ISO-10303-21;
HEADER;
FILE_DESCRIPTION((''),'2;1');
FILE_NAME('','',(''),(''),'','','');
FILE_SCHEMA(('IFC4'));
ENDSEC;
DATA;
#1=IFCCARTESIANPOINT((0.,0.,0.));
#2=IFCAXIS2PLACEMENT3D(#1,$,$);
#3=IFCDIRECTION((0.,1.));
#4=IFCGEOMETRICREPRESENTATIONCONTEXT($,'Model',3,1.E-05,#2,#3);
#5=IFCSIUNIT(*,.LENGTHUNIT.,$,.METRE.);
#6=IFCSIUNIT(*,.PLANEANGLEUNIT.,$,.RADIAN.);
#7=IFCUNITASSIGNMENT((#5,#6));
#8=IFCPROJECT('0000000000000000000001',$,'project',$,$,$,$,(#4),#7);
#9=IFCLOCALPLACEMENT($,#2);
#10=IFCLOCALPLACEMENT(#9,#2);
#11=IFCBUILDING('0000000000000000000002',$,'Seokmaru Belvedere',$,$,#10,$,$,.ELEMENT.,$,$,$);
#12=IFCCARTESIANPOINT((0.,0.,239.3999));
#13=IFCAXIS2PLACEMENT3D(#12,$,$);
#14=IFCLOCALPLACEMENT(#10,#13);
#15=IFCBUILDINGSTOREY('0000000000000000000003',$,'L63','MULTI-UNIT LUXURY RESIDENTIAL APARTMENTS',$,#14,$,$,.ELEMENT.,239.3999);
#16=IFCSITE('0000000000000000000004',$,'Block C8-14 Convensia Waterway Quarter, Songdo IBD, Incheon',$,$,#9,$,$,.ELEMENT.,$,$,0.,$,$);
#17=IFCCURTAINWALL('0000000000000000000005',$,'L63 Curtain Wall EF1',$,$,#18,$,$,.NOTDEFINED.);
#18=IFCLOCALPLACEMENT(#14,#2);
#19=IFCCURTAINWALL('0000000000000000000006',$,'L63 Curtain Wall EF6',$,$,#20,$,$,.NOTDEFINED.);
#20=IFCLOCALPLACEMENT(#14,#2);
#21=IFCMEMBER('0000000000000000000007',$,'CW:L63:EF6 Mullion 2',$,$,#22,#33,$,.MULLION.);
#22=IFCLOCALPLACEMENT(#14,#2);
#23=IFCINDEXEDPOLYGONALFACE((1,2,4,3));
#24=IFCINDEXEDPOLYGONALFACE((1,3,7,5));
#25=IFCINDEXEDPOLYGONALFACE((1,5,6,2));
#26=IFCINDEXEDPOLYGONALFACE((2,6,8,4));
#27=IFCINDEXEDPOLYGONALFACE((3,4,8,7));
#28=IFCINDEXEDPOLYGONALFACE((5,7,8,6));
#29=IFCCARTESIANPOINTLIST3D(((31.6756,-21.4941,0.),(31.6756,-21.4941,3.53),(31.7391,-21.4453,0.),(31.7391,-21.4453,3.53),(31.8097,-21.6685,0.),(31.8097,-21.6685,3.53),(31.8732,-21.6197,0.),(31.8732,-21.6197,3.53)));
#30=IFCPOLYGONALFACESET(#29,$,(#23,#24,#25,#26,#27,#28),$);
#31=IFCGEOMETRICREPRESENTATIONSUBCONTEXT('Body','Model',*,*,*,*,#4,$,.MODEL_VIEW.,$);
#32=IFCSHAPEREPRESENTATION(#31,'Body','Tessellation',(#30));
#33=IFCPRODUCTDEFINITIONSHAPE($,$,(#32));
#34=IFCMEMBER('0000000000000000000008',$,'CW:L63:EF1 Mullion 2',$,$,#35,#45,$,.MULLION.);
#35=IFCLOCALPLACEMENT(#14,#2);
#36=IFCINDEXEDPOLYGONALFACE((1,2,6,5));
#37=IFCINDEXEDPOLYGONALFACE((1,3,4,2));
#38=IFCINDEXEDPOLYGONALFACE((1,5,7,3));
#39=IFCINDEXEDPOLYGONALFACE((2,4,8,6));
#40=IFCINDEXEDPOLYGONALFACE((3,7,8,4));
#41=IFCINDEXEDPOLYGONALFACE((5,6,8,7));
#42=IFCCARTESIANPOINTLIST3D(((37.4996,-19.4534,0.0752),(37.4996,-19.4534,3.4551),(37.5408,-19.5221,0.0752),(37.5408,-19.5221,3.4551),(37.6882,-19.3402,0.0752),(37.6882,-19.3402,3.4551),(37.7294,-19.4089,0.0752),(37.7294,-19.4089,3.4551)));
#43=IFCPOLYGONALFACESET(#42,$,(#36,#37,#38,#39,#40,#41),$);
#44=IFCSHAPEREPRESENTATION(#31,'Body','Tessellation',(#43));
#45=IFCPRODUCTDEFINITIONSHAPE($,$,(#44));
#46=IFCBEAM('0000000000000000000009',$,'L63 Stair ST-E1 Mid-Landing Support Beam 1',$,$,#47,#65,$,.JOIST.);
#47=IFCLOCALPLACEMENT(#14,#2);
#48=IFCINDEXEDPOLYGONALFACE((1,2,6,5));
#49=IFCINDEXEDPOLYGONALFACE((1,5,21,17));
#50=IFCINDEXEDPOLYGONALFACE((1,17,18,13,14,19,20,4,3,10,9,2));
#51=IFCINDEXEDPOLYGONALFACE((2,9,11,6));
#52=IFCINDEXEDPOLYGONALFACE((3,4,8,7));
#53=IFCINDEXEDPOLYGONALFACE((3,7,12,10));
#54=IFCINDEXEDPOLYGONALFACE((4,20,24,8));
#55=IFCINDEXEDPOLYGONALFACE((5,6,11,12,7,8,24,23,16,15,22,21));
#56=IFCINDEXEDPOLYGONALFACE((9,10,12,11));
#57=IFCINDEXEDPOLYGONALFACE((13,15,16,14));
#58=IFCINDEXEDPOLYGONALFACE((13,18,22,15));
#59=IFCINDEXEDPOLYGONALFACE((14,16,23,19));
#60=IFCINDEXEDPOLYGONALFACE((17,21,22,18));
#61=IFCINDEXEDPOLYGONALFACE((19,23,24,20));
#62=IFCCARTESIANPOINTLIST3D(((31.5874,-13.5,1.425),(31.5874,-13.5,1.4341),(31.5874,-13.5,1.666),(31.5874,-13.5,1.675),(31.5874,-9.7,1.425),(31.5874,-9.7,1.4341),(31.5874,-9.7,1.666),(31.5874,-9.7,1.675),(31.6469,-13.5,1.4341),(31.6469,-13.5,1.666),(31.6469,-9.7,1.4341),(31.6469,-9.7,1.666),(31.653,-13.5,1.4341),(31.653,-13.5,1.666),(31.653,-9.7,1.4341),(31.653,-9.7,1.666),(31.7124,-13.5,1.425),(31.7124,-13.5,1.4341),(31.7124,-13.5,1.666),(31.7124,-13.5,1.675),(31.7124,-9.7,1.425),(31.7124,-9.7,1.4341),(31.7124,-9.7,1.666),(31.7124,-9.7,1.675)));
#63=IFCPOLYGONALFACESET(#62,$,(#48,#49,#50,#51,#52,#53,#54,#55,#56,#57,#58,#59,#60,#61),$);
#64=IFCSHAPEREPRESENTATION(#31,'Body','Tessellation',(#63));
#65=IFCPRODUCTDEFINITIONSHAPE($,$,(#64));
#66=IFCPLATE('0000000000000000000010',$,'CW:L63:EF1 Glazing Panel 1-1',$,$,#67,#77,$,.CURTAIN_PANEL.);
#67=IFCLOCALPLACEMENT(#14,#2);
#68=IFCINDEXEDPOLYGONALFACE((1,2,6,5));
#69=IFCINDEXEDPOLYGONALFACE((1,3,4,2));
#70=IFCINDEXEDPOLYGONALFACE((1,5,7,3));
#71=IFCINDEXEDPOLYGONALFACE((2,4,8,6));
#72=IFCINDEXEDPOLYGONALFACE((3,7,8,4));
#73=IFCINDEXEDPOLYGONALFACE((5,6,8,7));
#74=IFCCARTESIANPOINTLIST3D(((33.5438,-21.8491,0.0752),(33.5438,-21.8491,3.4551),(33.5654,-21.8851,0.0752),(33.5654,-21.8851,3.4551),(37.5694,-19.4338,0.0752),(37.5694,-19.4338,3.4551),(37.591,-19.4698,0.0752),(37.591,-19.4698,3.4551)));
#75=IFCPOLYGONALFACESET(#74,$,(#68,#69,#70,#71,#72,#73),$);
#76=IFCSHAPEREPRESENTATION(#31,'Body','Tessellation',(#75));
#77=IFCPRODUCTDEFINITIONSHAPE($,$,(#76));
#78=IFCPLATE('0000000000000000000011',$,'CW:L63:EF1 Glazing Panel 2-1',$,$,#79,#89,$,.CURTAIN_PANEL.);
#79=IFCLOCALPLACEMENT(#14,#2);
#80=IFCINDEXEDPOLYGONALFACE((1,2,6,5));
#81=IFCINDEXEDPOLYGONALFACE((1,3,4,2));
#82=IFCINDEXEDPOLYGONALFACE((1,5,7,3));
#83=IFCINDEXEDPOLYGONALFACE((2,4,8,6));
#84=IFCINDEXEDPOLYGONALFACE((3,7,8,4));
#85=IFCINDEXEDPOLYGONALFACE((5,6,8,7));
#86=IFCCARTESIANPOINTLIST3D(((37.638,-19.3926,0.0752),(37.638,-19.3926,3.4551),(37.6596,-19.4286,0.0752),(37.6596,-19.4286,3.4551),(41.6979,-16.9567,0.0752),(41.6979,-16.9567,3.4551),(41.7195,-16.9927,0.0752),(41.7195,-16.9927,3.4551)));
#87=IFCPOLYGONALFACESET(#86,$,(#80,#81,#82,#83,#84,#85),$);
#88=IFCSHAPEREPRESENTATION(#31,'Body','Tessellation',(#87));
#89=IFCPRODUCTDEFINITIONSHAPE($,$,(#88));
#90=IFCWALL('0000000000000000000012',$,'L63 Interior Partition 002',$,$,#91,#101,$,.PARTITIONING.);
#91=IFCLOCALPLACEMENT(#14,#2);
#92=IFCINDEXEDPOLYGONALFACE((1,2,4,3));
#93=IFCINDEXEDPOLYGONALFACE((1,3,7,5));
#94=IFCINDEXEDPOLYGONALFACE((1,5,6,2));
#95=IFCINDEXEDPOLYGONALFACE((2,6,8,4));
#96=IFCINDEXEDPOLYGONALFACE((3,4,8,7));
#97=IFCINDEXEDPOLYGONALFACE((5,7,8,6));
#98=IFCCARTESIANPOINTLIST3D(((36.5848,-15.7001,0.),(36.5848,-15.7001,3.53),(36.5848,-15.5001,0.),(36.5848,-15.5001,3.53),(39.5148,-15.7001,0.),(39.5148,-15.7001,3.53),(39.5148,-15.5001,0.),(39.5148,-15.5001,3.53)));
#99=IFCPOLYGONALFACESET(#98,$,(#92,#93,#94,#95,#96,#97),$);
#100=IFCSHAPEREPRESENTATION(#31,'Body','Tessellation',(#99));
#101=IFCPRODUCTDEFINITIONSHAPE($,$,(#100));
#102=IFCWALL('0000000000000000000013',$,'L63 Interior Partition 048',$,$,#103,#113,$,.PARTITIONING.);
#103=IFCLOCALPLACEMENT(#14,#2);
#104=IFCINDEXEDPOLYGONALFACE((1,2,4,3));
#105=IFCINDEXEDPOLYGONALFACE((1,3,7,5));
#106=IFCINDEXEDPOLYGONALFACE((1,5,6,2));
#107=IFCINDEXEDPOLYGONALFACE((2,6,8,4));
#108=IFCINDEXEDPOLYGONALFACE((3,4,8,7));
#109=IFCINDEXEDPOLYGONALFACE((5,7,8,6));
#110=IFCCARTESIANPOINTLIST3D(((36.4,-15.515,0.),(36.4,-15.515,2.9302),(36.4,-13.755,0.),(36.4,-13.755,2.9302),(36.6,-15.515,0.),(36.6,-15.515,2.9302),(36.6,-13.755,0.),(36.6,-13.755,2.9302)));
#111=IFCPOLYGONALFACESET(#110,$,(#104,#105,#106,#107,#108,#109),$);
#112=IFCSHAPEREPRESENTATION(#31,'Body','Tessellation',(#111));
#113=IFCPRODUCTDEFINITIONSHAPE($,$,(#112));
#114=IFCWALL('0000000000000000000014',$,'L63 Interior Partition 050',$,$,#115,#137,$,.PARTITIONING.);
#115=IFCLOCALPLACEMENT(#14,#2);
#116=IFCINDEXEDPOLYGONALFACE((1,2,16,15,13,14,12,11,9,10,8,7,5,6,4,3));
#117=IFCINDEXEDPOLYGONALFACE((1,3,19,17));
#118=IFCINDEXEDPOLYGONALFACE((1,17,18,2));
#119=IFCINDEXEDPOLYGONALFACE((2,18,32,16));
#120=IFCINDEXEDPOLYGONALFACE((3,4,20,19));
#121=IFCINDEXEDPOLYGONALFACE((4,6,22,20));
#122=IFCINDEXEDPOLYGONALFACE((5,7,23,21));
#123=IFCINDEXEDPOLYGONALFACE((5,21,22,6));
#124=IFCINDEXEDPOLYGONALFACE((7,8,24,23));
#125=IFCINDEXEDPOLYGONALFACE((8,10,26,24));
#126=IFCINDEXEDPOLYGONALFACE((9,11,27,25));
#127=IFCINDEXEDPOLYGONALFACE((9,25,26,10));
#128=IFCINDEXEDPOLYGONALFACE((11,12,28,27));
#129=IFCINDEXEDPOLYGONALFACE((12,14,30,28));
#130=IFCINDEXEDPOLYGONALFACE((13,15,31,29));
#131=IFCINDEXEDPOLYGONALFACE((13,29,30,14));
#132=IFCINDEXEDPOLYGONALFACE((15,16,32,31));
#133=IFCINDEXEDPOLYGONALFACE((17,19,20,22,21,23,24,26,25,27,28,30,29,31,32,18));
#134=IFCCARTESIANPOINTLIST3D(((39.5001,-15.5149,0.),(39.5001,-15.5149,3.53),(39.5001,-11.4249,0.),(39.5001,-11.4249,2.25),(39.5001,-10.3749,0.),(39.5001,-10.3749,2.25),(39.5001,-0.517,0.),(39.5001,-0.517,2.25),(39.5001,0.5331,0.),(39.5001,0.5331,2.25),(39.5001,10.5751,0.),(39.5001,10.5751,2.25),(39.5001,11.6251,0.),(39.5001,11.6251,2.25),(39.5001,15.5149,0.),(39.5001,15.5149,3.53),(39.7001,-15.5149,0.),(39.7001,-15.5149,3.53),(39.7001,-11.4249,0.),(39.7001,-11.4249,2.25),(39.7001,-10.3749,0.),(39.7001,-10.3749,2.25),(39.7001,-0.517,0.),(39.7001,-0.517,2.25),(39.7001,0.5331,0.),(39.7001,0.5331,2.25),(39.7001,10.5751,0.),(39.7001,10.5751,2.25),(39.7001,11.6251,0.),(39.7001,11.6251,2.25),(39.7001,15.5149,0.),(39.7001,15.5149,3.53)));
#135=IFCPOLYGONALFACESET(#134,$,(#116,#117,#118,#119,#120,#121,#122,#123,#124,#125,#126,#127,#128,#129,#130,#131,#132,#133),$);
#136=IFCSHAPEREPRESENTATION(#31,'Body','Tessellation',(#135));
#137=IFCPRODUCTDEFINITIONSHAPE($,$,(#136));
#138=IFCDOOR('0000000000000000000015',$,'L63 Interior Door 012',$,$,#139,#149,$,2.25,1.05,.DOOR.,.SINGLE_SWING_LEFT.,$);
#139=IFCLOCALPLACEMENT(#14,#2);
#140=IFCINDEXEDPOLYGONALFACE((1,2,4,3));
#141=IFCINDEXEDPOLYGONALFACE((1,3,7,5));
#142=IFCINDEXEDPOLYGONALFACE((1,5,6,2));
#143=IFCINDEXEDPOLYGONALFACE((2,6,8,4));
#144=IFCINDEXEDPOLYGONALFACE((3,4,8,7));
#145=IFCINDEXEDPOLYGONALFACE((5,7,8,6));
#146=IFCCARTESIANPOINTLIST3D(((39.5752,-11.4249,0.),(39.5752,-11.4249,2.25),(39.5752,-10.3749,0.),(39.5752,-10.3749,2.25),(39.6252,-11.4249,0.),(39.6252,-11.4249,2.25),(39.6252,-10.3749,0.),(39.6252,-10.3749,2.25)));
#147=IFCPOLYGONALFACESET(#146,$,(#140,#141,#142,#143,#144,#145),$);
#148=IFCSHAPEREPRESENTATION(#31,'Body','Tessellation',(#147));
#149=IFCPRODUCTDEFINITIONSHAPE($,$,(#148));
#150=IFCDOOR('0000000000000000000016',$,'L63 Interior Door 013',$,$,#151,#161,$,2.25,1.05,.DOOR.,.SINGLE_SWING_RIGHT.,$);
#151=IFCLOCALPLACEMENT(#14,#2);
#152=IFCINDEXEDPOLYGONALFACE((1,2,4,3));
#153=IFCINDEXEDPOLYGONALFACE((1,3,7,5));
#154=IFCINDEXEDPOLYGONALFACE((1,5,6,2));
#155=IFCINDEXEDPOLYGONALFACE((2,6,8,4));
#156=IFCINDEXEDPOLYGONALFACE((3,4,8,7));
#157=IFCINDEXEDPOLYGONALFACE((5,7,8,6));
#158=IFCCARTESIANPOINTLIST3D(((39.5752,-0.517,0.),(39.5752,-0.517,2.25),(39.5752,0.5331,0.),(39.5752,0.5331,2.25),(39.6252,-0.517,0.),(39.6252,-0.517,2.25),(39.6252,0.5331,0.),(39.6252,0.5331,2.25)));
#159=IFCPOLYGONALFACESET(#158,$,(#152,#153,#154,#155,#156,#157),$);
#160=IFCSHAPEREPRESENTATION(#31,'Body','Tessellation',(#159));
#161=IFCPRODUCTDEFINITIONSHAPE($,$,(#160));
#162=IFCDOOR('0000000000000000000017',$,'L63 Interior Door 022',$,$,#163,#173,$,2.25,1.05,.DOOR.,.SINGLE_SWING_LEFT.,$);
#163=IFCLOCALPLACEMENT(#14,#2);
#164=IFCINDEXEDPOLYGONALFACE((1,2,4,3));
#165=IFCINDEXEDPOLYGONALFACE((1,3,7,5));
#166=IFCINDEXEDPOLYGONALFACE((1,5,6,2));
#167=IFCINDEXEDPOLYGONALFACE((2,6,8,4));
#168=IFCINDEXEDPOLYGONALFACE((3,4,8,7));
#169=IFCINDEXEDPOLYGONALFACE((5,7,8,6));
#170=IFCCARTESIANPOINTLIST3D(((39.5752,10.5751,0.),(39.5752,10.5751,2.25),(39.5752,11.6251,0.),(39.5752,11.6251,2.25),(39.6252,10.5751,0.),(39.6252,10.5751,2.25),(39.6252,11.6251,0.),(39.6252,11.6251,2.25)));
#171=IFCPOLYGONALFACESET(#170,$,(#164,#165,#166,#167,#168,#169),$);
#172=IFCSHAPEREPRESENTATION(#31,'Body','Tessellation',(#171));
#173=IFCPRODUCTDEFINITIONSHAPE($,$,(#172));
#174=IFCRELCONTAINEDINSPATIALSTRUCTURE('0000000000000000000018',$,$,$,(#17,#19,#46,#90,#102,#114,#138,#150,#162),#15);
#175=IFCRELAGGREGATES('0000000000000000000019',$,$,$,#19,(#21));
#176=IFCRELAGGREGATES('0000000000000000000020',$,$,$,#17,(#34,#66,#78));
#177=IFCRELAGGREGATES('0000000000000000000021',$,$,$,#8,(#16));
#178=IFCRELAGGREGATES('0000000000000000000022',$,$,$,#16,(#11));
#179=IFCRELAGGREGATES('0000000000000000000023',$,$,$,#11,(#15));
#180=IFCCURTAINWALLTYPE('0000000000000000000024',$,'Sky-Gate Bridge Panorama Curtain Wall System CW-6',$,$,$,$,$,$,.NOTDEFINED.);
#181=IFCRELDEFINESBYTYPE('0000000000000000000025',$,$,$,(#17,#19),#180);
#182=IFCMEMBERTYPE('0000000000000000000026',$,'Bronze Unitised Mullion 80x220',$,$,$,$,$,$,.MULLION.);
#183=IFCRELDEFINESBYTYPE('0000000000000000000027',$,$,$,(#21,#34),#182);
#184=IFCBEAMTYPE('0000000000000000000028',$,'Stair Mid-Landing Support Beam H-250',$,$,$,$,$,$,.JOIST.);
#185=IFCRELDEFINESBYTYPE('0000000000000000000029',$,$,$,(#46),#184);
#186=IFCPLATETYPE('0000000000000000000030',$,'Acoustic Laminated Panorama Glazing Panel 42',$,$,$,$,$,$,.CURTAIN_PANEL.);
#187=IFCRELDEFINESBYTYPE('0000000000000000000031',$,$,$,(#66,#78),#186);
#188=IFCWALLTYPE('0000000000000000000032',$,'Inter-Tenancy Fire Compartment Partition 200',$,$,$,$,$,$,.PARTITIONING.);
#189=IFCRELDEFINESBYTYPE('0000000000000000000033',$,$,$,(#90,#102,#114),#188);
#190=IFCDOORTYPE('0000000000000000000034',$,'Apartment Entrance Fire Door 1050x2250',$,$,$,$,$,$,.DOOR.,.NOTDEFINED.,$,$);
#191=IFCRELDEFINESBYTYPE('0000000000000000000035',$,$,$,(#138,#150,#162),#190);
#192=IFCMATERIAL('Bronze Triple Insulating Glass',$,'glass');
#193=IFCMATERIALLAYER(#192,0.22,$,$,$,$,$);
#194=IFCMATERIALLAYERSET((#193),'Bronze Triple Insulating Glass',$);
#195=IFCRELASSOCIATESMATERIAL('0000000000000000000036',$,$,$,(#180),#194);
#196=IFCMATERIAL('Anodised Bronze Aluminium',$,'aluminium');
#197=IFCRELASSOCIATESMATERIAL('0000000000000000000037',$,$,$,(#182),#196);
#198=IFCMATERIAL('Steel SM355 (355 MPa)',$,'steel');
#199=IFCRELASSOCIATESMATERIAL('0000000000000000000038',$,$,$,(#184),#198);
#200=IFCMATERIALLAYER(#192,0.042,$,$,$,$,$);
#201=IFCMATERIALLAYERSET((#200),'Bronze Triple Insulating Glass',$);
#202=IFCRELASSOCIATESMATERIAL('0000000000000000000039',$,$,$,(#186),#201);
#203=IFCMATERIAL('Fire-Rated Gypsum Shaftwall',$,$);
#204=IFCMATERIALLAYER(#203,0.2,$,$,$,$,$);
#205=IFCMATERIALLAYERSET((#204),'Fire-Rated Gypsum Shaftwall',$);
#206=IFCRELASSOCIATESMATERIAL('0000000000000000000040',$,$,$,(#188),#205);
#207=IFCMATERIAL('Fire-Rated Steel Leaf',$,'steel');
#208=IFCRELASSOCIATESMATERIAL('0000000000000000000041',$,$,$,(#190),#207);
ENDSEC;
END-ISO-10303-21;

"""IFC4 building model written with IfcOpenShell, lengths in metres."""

from ifc_helpers import new_model, si_unit, direction, frame, frame_2d, origin, origin_2d, place, context, subcontext, project, spatial, rectangle, i_section, extrude, source, transform, mapped, material, layer, layer_set, material_profile, profile_set, type_object, type_shapes, element, fill, aggregate, save


model = new_model("IFC4")

# Units and contexts
model_context = context("Model", 3, precision=1e-05, world=origin(), true_north=direction((0.0, 1.0)))
body_context = subcontext(model_context, "Body", "Model", "MODEL_VIEW")
ifc_project = project(units=[si_unit("LENGTHUNIT", "METRE"), si_unit("PLANEANGLEUNIT", "RADIAN")], contexts=[model_context])

# Site, building, storey
site_placement = place(None, origin())
site = spatial("IfcSite", under=ifc_project, at=site_placement, Name="Block C8-14 Convensia Waterway Quarter, Songdo IBD, Incheon", CompositionType="ELEMENT", RefElevation=0.0)
building_placement = place(site_placement, origin())
building = spatial("IfcBuilding", under=site, at=building_placement, Name="Seokmaru Belvedere", CompositionType="ELEMENT")
storey_placement = place(building_placement, frame((0.0, 0.0, 239.3999)))
storey = spatial("IfcBuildingStorey", under=building, at=storey_placement, Name="L63", Description="MULTI-UNIT LUXURY RESIDENTIAL APARTMENTS", CompositionType="ELEMENT", Elevation=239.3999)

# Shared definitions
ifc_material_1 = material(Name="Steel SM355 (355 MPa)", Category="steel")

# Curtain wall
ifc_material_2 = material(Name="Bronze Triple Insulating Glass", Category="glass")
ifc_layer_1 = layer(ifc_material_2, 0.22)
ifc_layer_set_1 = layer_set([ifc_layer_1], Name="Bronze Triple Insulating Glass")
curtain_wall_type = type_object("IfcCurtainWallType", Name="Sky-Gate Bridge Panorama Curtain Wall System CW-6", PredefinedType="NOTDEFINED", material=ifc_layer_set_1)
curtain_wall_1_placement = place(storey_placement, origin())
curtain_wall_1 = element("IfcCurtainWall", 1, at=curtain_wall_1_placement, inside=storey, type_object=curtain_wall_type, Name="L63 Curtain Wall EF1", PredefinedType="NOTDEFINED")
ifc_material_3 = material(Name="Anodised Bronze Aluminium", Category="aluminium")
ifc_material_profile_1 = material_profile(ifc_material_3, rectangle(XDim=0.0801, YDim=0.22, at=origin_2d()), Name="CW-M-80x220")
ifc_profile_set_1 = profile_set([ifc_material_profile_1], Name="Anodised Bronze Aluminium")
member_type_1 = type_object("IfcMemberType", Name="Bronze Unitised Mullion 80x220", PredefinedType="MULLION", material=ifc_profile_set_1)
shared_shape_1 = source(origin(), body_context, "Body", "SweptSolid", [
    extrude(rectangle(XDim=0.0801, YDim=0.22, at=origin_2d()), origin(), (0.0, 0.0, 1.0), 3.53),
])

# Curtain wall, member
curtain_wall_2_placement = place(storey_placement, origin())
curtain_wall_2 = element("IfcCurtainWall", 2, at=curtain_wall_2_placement, inside=storey, type_object=curtain_wall_type, Name="L63 Curtain Wall EF6", PredefinedType="NOTDEFINED")
member_1_placement = place(storey_placement, frame((31.7744, -21.5569, 0.0), z_axis=(0.0, 0.0, 1.0), x_axis=(0.792631, 0.609701, 0.0)))
member_1 = element("IfcMember", 3, at=member_1_placement, type_object=member_type_1, Name="CW:L63:EF6 Mullion 2", PredefinedType="MULLION", context=body_context, shape_type="MappedRepresentation", body=[
    mapped(shared_shape_1, transform((0.0, 0.0, 0.0), scale=1.0)),
])
aggregate(curtain_wall_2, [member_1])

# Member
shared_shape_2 = source(origin(), body_context, "Body", "SweptSolid", [
    extrude(rectangle(XDim=0.0801, YDim=0.22, at=origin_2d()), origin(), (0.0, 0.0, 1.0), 3.3799),
])
type_shapes(member_type_1, [shared_shape_1, shared_shape_2])
member_2_placement = place(storey_placement, frame((37.6145, -19.4312, 0.0752), z_axis=(0.0, 0.0, 1.0), x_axis=(-0.514495, 0.857493, 0.0)))
member_2 = element("IfcMember", 4, at=member_2_placement, type_object=member_type_1, Name="CW:L63:EF1 Mullion 2", PredefinedType="MULLION", context=body_context, shape_type="MappedRepresentation", body=[
    mapped(shared_shape_2, transform((0.0, 0.0, 0.0), scale=1.0)),
])

# Beam
ifc_material_profile_2 = material_profile(ifc_material_1, i_section(OverallWidth=0.125, OverallDepth=0.25, WebThickness=0.0061, FlangeThickness=0.009, at=origin_2d()), Name="H-250x125x6x9")
ifc_profile_set_2 = profile_set([ifc_material_profile_2], Name="Steel SM355 (355 MPa)")
beam_type_1 = type_object("IfcBeamType", Name="Stair Mid-Landing Support Beam H-250", PredefinedType="JOIST", material=ifc_profile_set_2)
shared_shape_3 = source(origin(), body_context, "Body", "SweptSolid", [
    extrude(i_section(OverallWidth=0.125, OverallDepth=0.25, WebThickness=0.0061, FlangeThickness=0.009, at=origin_2d()), origin(), (0.0, 0.0, 1.0), 3.8),
])
type_shapes(beam_type_1, [shared_shape_3])
beam_1_placement = place(storey_placement, frame((31.6499, -13.5, 1.55), z_axis=(0.0, 1.0, 0.0), x_axis=(-1.0, 0.0, 0.0)))
element("IfcBeam", 5, at=beam_1_placement, inside=storey, type_object=beam_type_1, Name="L63 Stair ST-E1 Mid-Landing Support Beam 1", PredefinedType="JOIST", context=body_context, shape_type="MappedRepresentation", body=[
    mapped(shared_shape_3, transform((0.0, 0.0, 0.0), scale=1.0)),
])

# Plates
ifc_layer_2 = layer(ifc_material_2, 0.042)
ifc_layer_set_2 = layer_set([ifc_layer_2], Name="Bronze Triple Insulating Glass")
plate_type = type_object("IfcPlateType", Name="Acoustic Laminated Panorama Glazing Panel 42", PredefinedType="CURTAIN_PANEL", material=ifc_layer_set_2)
shared_shape_4 = source(origin(), body_context, "Body", "SweptSolid", [
    extrude(rectangle(XDim=4.6946, YDim=0.042, at=origin_2d()), origin(), (0.0, 0.0, 1.0), 3.3799),
])
plate_1_placement = place(storey_placement, frame((35.5674, -20.6594, 0.0752), z_axis=(0.0, 0.0, 1.0), x_axis=(0.857493, 0.514495, 0.0)))
plate_1 = element("IfcPlate", 6, at=plate_1_placement, type_object=plate_type, Name="CW:L63:EF1 Glazing Panel 1-1", PredefinedType="CURTAIN_PANEL", context=body_context, shape_type="MappedRepresentation", body=[
    mapped(shared_shape_4, transform((0.0, 0.0, 0.0), scale=1.0)),
])
shared_shape_5 = source(origin(), body_context, "Body", "SweptSolid", [
    extrude(rectangle(XDim=4.7346, YDim=0.042, at=origin_2d()), origin(), (0.0, 0.0, 1.0), 3.3799),
])
type_shapes(plate_type, [shared_shape_4, shared_shape_5])
plate_2_placement = place(storey_placement, frame((39.6787, -18.1926, 0.0752), z_axis=(0.0, 0.0, 1.0), x_axis=(0.857493, 0.514495, 0.0)))
plate_2 = element("IfcPlate", 7, at=plate_2_placement, type_object=plate_type, Name="CW:L63:EF1 Glazing Panel 2-1", PredefinedType="CURTAIN_PANEL", context=body_context, shape_type="MappedRepresentation", body=[
    mapped(shared_shape_5, transform((0.0, 0.0, 0.0), scale=1.0)),
])
aggregate(curtain_wall_1, [member_2, plate_1, plate_2])

# Walls
ifc_material_4 = material(Name="Fire-Rated Gypsum Shaftwall")
ifc_layer_3 = layer(ifc_material_4, 0.2)
ifc_layer_set_3 = layer_set([ifc_layer_3], Name="Fire-Rated Gypsum Shaftwall")
wall_type_1 = type_object("IfcWallType", Name="Inter-Tenancy Fire Compartment Partition 200", PredefinedType="PARTITIONING", material=ifc_layer_set_3)
wall_1_placement = place(storey_placement, frame((36.585, -15.6001, 0.0), z_axis=(0.0, 0.0, 1.0), x_axis=(1.0, 0.0, 0.0)))
element("IfcWall", 8, at=wall_1_placement, inside=storey, type_object=wall_type_1, Name="L63 Interior Partition 002", PredefinedType="PARTITIONING", context=body_context, shape_type="SweptSolid", body=[
    extrude(rectangle(XDim=2.9299, YDim=0.2, at=frame_2d((1.4648, 0.0))), origin(), (0.0, 0.0, 1.0), 3.53),
])
wall_2_placement = place(storey_placement, frame((36.5, -15.5149, 0.0), z_axis=(0.0, 0.0, 1.0), x_axis=(0.0, 1.0, 0.0)))
element("IfcWall", 9, at=wall_2_placement, inside=storey, type_object=wall_type_1, Name="L63 Interior Partition 048", PredefinedType="PARTITIONING", context=body_context, shape_type="SweptSolid", body=[
    extrude(rectangle(XDim=1.76, YDim=0.2, at=frame_2d((0.8799, 0.0))), origin(), (0.0, 0.0, 1.0), 2.9302),
])

# Wall, openings, doors
wall_3_placement = place(storey_placement, frame((39.6001, -15.5149, 0.0), z_axis=(0.0, 0.0, 1.0), x_axis=(0.0, 1.0, 0.0)))
wall_3 = element("IfcWall", 10, at=wall_3_placement, inside=storey, type_object=wall_type_1, Name="L63 Interior Partition 050", PredefinedType="PARTITIONING", context=body_context, shape_type="SweptSolid", body=[
    extrude(rectangle(XDim=31.0298, YDim=0.2, at=frame_2d((15.5149, 0.0))), origin(), (0.0, 0.0, 1.0), 3.53),
])
opening_1_placement = place(wall_3_placement, frame((4.0901, 0.0, 0.0)))
opening_1 = element("IfcOpeningElement", 11, at=opening_1_placement, cuts=wall_3, PredefinedType="OPENING", context=body_context, shape_type="SweptSolid", body=[
    extrude(rectangle(XDim=1.05, YDim=2.25, at=frame_2d((0.5249, 1.125))), frame((0.0, 0.1099, 0.0), z_axis=(0.0, -1.0, 0.0), x_axis=(1.0, 0.0, 0.0)), (0.0, 0.0, 1.0), 0.22),
])
opening_2_placement = place(wall_3_placement, frame((14.998, 0.0, 0.0)))
opening_2 = element("IfcOpeningElement", 12, at=opening_2_placement, cuts=wall_3, PredefinedType="OPENING", context=body_context, shape_type="SweptSolid", body=[
    extrude(rectangle(XDim=1.05, YDim=2.25, at=frame_2d((0.5249, 1.125))), frame((0.0, 0.1099, 0.0), z_axis=(0.0, -1.0, 0.0), x_axis=(1.0, 0.0, 0.0)), (0.0, 0.0, 1.0), 0.22),
])
opening_3_placement = place(wall_3_placement, frame((26.0901, 0.0, 0.0)))
opening_3 = element("IfcOpeningElement", 13, at=opening_3_placement, cuts=wall_3, PredefinedType="OPENING", context=body_context, shape_type="SweptSolid", body=[
    extrude(rectangle(XDim=1.05, YDim=2.25, at=frame_2d((0.5249, 1.125))), frame((0.0, 0.1099, 0.0), z_axis=(0.0, -1.0, 0.0), x_axis=(1.0, 0.0, 0.0)), (0.0, 0.0, 1.0), 0.22),
])
ifc_material_5 = material(Name="Fire-Rated Steel Leaf", Category="steel")
door_type_1 = type_object("IfcDoorType", Name="Apartment Entrance Fire Door 1050x2250", OperationType="NOTDEFINED", PredefinedType="DOOR", material=ifc_material_5)
shared_shape_6 = source(origin(), body_context, "Body", "SweptSolid", [
    extrude(rectangle(XDim=1.05, YDim=2.25, at=frame_2d((0.5249, 1.125))), frame((0.0, 0.0249, 0.0), z_axis=(0.0, -1.0, 0.0), x_axis=(1.0, 0.0, 0.0)), (0.0, 0.0, 1.0), 0.05),
])
type_shapes(door_type_1, [shared_shape_6])
door_1_placement = place(opening_1_placement, origin())
door_1 = element("IfcDoor", 14, at=door_1_placement, inside=storey, type_object=door_type_1, Name="L63 Interior Door 012", OperationType="SINGLE_SWING_LEFT", OverallHeight=2.25, OverallWidth=1.05, PredefinedType="DOOR", context=body_context, shape_type="MappedRepresentation", body=[
    mapped(shared_shape_6, transform((0.0, 0.0, 0.0), scale=1.0)),
])
fill(opening_1, door_1)
door_2_placement = place(opening_2_placement, origin())
door_2 = element("IfcDoor", 15, at=door_2_placement, inside=storey, type_object=door_type_1, Name="L63 Interior Door 013", OperationType="SINGLE_SWING_RIGHT", OverallHeight=2.25, OverallWidth=1.05, PredefinedType="DOOR", context=body_context, shape_type="MappedRepresentation", body=[
    mapped(shared_shape_6, transform((0.0, 0.0, 0.0), scale=1.0)),
])
fill(opening_2, door_2)
door_3_placement = place(opening_3_placement, origin())
door_3 = element("IfcDoor", 16, at=door_3_placement, inside=storey, type_object=door_type_1, Name="L63 Interior Door 022", OperationType="SINGLE_SWING_LEFT", OverallHeight=2.25, OverallWidth=1.05, PredefinedType="DOOR", context=body_context, shape_type="MappedRepresentation", body=[
    mapped(shared_shape_6, transform((0.0, 0.0, 0.0), scale=1.0)),
])
fill(opening_3, door_3)

save(model, "model.ifc")
